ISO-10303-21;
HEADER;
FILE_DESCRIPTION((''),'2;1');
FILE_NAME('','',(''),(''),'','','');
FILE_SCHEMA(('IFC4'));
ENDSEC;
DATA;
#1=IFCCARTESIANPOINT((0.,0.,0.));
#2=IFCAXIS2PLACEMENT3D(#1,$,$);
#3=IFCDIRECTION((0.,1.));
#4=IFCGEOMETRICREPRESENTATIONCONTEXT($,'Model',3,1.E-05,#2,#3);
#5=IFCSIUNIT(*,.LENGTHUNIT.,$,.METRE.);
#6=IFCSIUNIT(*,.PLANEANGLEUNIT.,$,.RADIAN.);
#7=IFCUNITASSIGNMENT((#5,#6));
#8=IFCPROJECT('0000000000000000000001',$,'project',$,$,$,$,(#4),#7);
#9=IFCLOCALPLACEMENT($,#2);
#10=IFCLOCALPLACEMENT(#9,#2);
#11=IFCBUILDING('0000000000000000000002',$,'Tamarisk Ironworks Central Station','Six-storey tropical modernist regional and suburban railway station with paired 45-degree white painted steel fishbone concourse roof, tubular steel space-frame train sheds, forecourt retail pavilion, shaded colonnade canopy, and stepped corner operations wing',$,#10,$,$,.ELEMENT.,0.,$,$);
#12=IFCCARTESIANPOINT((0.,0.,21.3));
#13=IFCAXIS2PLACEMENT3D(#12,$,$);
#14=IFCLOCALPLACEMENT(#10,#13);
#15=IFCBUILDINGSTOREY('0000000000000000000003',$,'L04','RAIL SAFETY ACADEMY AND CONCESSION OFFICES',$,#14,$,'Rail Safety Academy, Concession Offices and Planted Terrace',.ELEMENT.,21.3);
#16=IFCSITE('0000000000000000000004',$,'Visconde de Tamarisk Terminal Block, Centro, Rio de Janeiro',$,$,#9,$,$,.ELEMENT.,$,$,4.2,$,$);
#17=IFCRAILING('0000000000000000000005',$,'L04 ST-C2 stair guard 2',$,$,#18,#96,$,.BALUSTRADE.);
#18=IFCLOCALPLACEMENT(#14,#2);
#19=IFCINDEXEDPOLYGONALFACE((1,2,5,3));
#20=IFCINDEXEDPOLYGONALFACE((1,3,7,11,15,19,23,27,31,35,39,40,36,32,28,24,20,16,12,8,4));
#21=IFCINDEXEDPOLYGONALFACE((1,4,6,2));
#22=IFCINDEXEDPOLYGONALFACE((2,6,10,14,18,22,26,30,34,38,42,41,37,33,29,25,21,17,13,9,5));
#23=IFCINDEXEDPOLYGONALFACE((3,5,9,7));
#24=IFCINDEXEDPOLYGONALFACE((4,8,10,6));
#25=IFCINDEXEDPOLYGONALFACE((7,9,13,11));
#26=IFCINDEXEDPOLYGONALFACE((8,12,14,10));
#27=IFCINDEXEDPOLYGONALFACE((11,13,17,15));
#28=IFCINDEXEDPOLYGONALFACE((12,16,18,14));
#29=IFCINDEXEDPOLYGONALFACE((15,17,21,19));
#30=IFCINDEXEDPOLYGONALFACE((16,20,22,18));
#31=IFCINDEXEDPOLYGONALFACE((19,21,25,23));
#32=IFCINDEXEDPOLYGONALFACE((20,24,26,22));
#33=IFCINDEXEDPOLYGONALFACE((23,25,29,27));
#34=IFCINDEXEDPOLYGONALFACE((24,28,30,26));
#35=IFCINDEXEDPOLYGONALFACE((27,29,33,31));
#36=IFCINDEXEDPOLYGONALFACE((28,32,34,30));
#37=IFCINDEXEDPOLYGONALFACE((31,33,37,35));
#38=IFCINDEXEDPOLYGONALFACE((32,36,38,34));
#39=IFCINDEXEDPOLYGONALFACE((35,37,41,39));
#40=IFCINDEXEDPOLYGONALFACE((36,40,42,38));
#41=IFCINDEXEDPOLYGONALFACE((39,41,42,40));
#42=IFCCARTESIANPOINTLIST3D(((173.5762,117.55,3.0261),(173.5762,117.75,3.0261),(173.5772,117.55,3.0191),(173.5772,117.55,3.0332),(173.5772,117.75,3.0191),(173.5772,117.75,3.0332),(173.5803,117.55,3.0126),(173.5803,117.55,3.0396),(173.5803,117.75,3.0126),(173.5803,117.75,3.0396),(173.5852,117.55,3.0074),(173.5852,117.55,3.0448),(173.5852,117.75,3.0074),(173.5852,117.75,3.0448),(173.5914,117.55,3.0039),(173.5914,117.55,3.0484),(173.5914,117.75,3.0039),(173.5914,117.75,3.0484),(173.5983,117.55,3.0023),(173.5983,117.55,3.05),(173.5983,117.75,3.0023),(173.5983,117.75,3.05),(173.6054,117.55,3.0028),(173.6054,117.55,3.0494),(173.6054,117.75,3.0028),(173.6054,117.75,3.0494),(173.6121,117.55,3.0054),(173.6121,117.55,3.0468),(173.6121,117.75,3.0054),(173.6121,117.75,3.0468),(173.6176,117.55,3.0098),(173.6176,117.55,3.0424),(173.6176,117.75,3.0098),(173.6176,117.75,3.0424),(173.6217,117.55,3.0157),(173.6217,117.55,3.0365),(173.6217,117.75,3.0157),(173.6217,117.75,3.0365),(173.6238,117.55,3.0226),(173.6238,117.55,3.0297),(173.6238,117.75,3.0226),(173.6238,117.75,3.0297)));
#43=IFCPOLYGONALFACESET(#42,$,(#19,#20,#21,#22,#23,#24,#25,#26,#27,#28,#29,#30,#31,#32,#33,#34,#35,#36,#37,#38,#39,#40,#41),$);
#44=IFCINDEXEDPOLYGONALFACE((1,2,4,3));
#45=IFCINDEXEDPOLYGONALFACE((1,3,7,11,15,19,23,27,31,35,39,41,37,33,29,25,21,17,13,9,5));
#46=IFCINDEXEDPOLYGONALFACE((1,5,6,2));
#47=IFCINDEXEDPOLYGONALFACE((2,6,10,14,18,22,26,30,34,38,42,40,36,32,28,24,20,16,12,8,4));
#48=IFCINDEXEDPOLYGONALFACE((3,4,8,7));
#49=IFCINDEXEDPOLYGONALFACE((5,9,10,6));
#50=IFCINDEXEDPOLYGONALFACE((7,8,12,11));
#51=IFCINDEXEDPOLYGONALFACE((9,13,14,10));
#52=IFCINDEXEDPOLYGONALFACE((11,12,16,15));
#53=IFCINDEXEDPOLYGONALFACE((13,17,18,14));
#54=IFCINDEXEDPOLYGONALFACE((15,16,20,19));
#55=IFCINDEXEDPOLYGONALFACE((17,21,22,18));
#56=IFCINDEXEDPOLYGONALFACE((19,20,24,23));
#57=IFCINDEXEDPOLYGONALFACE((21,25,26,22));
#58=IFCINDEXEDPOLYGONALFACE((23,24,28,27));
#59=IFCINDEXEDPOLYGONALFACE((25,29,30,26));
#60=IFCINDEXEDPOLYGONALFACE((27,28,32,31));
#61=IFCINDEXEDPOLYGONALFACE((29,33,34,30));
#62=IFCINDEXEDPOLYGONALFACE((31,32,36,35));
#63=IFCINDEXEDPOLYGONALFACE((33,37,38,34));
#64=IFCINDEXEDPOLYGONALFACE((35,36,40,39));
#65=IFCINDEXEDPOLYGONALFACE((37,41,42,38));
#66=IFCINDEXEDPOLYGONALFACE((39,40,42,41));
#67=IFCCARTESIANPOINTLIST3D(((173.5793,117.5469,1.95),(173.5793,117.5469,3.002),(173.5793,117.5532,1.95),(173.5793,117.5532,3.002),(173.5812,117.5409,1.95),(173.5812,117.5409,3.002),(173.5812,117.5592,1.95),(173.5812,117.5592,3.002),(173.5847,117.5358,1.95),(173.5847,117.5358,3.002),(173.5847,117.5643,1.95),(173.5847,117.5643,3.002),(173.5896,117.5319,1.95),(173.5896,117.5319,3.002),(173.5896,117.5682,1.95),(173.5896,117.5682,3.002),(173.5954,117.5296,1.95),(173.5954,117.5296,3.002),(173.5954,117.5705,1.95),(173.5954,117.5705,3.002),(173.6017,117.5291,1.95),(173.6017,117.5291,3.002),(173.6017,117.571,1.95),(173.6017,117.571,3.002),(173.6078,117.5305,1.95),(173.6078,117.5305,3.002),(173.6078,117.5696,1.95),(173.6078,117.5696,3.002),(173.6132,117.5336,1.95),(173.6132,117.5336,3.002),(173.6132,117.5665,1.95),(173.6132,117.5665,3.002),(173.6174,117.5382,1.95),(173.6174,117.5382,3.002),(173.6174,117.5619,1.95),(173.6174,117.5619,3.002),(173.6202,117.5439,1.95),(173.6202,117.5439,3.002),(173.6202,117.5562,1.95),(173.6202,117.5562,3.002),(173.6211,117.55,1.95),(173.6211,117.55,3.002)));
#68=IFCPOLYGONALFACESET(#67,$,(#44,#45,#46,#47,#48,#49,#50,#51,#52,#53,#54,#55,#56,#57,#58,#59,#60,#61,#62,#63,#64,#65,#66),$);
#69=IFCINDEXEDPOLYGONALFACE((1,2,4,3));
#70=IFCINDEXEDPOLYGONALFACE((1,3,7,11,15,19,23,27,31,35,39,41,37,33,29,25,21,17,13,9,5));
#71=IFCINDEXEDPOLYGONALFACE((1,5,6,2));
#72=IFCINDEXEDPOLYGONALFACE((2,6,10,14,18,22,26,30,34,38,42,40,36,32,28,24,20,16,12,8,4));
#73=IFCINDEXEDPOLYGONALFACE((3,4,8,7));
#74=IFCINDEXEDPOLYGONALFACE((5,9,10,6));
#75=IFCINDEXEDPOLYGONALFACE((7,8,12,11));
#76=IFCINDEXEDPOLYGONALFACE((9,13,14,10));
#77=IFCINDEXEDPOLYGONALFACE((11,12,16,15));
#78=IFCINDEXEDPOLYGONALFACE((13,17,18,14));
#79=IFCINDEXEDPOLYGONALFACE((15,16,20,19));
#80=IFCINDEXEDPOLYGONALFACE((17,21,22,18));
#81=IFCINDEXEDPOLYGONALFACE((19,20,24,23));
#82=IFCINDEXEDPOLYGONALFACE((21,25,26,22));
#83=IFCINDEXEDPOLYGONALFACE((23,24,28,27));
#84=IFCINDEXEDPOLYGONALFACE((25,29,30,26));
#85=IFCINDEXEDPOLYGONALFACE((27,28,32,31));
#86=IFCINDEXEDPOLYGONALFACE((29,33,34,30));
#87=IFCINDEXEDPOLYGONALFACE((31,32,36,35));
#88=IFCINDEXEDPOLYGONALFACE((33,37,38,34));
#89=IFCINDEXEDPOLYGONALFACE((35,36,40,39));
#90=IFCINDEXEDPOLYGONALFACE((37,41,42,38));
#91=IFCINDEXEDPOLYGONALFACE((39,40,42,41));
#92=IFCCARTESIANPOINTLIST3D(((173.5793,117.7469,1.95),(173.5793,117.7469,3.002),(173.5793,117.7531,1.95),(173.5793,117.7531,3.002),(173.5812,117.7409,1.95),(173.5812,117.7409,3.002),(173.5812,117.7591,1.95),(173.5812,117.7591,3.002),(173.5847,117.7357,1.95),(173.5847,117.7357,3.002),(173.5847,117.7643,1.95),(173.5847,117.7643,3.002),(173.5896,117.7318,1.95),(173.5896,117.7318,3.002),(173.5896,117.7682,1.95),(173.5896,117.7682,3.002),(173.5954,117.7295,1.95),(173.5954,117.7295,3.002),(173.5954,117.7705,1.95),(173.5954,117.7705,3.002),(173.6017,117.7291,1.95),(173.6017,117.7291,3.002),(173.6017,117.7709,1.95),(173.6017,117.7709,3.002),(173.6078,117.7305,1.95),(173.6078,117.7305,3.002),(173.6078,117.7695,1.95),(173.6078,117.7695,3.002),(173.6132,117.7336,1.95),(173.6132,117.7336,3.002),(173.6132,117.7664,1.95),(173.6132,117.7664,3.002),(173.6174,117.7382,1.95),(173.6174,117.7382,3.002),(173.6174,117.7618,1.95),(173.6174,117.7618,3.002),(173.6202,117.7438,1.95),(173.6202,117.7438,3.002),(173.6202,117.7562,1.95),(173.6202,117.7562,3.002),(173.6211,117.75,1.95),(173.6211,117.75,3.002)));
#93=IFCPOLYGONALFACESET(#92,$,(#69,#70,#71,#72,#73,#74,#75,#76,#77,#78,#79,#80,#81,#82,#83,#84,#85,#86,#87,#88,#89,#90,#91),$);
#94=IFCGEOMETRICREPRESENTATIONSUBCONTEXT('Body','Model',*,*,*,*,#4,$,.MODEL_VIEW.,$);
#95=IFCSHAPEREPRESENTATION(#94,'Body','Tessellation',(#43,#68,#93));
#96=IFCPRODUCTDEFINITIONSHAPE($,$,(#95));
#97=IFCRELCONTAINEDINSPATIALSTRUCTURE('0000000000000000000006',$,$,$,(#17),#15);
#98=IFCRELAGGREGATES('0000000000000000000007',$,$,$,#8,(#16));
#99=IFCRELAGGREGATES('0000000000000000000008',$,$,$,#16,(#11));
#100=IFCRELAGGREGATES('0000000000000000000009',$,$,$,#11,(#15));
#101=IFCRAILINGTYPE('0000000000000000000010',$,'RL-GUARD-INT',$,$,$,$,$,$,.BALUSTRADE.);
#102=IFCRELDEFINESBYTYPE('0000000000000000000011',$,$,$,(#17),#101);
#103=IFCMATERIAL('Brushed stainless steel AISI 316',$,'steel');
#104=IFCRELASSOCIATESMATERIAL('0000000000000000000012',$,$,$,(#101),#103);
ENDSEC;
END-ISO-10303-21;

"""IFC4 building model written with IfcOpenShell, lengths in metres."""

from ifc_helpers import new_model, si_unit, direction, frame, origin, origin_2d, place, context, subcontext, project, spatial, circle, extrude, material, type_object, element, save


model = new_model("IFC4")

# Units and contexts
model_context = context("Model", 3, precision=1e-05, world=origin(), true_north=direction((0.0, 1.0)))
body_context = subcontext(model_context, "Body", "Model", "MODEL_VIEW")
ifc_project = project(units=[si_unit("LENGTHUNIT", "METRE"), si_unit("PLANEANGLEUNIT", "RADIAN")], contexts=[model_context])

# Site, building, storey
site_placement = place(None, origin())
site = spatial("IfcSite", under=ifc_project, at=site_placement, Name="Visconde de Tamarisk Terminal Block, Centro, Rio de Janeiro", CompositionType="ELEMENT", RefElevation=4.2)
building_placement = place(site_placement, origin())
building = spatial("IfcBuilding", under=site, at=building_placement, Name="Tamarisk Ironworks Central Station", Description="Six-storey tropical modernist regional and suburban railway station with paired 45-degree white painted steel fishbone concourse roof, tubular steel space-frame train sheds, forecourt retail pavilion, shaded colonnade canopy, and stepped corner operations wing", CompositionType="ELEMENT", ElevationOfRefHeight=0.0)
storey_placement = place(building_placement, frame((0.0, 0.0, 21.3)))
storey = spatial("IfcBuildingStorey", under=building, at=storey_placement, Name="L04", Description="RAIL SAFETY ACADEMY AND CONCESSION OFFICES", LongName="Rail Safety Academy, Concession Offices and Planted Terrace", CompositionType="ELEMENT", Elevation=21.3)

# Railing
ifc_material_1 = material(Name="Brushed stainless steel AISI 316", Category="steel")
railing_type_1 = type_object("IfcRailingType", Name="RL-GUARD-INT", PredefinedType="BALUSTRADE", material=ifc_material_1)
railing_1_placement = place(storey_placement, frame((173.6001, 117.55, 1.95)))
element("IfcRailing", 1, at=railing_1_placement, inside=storey, type_object=railing_type_1, Name="L04 ST-C2 stair guard 2", PredefinedType="BALUSTRADE", context=body_context, shape_type="SweptSolid", body=[
    extrude(circle(Radius=0.0239, at=origin_2d()), frame((0.0, 0.0, 1.0762), z_axis=(0.0, 1.0, 0.0), x_axis=(-1.0, 0.0, 0.0)), (0.0, 0.0, 1.0), 0.2),
    extrude(circle(Radius=0.021, at=origin_2d()), origin(), (0.0, 0.0, 1.0), 1.052),
    extrude(circle(Radius=0.021, at=origin_2d()), frame((0.0, 0.2, 0.0)), (0.0, 0.0, 1.0), 1.052),
])

save(model, "model.ifc")
